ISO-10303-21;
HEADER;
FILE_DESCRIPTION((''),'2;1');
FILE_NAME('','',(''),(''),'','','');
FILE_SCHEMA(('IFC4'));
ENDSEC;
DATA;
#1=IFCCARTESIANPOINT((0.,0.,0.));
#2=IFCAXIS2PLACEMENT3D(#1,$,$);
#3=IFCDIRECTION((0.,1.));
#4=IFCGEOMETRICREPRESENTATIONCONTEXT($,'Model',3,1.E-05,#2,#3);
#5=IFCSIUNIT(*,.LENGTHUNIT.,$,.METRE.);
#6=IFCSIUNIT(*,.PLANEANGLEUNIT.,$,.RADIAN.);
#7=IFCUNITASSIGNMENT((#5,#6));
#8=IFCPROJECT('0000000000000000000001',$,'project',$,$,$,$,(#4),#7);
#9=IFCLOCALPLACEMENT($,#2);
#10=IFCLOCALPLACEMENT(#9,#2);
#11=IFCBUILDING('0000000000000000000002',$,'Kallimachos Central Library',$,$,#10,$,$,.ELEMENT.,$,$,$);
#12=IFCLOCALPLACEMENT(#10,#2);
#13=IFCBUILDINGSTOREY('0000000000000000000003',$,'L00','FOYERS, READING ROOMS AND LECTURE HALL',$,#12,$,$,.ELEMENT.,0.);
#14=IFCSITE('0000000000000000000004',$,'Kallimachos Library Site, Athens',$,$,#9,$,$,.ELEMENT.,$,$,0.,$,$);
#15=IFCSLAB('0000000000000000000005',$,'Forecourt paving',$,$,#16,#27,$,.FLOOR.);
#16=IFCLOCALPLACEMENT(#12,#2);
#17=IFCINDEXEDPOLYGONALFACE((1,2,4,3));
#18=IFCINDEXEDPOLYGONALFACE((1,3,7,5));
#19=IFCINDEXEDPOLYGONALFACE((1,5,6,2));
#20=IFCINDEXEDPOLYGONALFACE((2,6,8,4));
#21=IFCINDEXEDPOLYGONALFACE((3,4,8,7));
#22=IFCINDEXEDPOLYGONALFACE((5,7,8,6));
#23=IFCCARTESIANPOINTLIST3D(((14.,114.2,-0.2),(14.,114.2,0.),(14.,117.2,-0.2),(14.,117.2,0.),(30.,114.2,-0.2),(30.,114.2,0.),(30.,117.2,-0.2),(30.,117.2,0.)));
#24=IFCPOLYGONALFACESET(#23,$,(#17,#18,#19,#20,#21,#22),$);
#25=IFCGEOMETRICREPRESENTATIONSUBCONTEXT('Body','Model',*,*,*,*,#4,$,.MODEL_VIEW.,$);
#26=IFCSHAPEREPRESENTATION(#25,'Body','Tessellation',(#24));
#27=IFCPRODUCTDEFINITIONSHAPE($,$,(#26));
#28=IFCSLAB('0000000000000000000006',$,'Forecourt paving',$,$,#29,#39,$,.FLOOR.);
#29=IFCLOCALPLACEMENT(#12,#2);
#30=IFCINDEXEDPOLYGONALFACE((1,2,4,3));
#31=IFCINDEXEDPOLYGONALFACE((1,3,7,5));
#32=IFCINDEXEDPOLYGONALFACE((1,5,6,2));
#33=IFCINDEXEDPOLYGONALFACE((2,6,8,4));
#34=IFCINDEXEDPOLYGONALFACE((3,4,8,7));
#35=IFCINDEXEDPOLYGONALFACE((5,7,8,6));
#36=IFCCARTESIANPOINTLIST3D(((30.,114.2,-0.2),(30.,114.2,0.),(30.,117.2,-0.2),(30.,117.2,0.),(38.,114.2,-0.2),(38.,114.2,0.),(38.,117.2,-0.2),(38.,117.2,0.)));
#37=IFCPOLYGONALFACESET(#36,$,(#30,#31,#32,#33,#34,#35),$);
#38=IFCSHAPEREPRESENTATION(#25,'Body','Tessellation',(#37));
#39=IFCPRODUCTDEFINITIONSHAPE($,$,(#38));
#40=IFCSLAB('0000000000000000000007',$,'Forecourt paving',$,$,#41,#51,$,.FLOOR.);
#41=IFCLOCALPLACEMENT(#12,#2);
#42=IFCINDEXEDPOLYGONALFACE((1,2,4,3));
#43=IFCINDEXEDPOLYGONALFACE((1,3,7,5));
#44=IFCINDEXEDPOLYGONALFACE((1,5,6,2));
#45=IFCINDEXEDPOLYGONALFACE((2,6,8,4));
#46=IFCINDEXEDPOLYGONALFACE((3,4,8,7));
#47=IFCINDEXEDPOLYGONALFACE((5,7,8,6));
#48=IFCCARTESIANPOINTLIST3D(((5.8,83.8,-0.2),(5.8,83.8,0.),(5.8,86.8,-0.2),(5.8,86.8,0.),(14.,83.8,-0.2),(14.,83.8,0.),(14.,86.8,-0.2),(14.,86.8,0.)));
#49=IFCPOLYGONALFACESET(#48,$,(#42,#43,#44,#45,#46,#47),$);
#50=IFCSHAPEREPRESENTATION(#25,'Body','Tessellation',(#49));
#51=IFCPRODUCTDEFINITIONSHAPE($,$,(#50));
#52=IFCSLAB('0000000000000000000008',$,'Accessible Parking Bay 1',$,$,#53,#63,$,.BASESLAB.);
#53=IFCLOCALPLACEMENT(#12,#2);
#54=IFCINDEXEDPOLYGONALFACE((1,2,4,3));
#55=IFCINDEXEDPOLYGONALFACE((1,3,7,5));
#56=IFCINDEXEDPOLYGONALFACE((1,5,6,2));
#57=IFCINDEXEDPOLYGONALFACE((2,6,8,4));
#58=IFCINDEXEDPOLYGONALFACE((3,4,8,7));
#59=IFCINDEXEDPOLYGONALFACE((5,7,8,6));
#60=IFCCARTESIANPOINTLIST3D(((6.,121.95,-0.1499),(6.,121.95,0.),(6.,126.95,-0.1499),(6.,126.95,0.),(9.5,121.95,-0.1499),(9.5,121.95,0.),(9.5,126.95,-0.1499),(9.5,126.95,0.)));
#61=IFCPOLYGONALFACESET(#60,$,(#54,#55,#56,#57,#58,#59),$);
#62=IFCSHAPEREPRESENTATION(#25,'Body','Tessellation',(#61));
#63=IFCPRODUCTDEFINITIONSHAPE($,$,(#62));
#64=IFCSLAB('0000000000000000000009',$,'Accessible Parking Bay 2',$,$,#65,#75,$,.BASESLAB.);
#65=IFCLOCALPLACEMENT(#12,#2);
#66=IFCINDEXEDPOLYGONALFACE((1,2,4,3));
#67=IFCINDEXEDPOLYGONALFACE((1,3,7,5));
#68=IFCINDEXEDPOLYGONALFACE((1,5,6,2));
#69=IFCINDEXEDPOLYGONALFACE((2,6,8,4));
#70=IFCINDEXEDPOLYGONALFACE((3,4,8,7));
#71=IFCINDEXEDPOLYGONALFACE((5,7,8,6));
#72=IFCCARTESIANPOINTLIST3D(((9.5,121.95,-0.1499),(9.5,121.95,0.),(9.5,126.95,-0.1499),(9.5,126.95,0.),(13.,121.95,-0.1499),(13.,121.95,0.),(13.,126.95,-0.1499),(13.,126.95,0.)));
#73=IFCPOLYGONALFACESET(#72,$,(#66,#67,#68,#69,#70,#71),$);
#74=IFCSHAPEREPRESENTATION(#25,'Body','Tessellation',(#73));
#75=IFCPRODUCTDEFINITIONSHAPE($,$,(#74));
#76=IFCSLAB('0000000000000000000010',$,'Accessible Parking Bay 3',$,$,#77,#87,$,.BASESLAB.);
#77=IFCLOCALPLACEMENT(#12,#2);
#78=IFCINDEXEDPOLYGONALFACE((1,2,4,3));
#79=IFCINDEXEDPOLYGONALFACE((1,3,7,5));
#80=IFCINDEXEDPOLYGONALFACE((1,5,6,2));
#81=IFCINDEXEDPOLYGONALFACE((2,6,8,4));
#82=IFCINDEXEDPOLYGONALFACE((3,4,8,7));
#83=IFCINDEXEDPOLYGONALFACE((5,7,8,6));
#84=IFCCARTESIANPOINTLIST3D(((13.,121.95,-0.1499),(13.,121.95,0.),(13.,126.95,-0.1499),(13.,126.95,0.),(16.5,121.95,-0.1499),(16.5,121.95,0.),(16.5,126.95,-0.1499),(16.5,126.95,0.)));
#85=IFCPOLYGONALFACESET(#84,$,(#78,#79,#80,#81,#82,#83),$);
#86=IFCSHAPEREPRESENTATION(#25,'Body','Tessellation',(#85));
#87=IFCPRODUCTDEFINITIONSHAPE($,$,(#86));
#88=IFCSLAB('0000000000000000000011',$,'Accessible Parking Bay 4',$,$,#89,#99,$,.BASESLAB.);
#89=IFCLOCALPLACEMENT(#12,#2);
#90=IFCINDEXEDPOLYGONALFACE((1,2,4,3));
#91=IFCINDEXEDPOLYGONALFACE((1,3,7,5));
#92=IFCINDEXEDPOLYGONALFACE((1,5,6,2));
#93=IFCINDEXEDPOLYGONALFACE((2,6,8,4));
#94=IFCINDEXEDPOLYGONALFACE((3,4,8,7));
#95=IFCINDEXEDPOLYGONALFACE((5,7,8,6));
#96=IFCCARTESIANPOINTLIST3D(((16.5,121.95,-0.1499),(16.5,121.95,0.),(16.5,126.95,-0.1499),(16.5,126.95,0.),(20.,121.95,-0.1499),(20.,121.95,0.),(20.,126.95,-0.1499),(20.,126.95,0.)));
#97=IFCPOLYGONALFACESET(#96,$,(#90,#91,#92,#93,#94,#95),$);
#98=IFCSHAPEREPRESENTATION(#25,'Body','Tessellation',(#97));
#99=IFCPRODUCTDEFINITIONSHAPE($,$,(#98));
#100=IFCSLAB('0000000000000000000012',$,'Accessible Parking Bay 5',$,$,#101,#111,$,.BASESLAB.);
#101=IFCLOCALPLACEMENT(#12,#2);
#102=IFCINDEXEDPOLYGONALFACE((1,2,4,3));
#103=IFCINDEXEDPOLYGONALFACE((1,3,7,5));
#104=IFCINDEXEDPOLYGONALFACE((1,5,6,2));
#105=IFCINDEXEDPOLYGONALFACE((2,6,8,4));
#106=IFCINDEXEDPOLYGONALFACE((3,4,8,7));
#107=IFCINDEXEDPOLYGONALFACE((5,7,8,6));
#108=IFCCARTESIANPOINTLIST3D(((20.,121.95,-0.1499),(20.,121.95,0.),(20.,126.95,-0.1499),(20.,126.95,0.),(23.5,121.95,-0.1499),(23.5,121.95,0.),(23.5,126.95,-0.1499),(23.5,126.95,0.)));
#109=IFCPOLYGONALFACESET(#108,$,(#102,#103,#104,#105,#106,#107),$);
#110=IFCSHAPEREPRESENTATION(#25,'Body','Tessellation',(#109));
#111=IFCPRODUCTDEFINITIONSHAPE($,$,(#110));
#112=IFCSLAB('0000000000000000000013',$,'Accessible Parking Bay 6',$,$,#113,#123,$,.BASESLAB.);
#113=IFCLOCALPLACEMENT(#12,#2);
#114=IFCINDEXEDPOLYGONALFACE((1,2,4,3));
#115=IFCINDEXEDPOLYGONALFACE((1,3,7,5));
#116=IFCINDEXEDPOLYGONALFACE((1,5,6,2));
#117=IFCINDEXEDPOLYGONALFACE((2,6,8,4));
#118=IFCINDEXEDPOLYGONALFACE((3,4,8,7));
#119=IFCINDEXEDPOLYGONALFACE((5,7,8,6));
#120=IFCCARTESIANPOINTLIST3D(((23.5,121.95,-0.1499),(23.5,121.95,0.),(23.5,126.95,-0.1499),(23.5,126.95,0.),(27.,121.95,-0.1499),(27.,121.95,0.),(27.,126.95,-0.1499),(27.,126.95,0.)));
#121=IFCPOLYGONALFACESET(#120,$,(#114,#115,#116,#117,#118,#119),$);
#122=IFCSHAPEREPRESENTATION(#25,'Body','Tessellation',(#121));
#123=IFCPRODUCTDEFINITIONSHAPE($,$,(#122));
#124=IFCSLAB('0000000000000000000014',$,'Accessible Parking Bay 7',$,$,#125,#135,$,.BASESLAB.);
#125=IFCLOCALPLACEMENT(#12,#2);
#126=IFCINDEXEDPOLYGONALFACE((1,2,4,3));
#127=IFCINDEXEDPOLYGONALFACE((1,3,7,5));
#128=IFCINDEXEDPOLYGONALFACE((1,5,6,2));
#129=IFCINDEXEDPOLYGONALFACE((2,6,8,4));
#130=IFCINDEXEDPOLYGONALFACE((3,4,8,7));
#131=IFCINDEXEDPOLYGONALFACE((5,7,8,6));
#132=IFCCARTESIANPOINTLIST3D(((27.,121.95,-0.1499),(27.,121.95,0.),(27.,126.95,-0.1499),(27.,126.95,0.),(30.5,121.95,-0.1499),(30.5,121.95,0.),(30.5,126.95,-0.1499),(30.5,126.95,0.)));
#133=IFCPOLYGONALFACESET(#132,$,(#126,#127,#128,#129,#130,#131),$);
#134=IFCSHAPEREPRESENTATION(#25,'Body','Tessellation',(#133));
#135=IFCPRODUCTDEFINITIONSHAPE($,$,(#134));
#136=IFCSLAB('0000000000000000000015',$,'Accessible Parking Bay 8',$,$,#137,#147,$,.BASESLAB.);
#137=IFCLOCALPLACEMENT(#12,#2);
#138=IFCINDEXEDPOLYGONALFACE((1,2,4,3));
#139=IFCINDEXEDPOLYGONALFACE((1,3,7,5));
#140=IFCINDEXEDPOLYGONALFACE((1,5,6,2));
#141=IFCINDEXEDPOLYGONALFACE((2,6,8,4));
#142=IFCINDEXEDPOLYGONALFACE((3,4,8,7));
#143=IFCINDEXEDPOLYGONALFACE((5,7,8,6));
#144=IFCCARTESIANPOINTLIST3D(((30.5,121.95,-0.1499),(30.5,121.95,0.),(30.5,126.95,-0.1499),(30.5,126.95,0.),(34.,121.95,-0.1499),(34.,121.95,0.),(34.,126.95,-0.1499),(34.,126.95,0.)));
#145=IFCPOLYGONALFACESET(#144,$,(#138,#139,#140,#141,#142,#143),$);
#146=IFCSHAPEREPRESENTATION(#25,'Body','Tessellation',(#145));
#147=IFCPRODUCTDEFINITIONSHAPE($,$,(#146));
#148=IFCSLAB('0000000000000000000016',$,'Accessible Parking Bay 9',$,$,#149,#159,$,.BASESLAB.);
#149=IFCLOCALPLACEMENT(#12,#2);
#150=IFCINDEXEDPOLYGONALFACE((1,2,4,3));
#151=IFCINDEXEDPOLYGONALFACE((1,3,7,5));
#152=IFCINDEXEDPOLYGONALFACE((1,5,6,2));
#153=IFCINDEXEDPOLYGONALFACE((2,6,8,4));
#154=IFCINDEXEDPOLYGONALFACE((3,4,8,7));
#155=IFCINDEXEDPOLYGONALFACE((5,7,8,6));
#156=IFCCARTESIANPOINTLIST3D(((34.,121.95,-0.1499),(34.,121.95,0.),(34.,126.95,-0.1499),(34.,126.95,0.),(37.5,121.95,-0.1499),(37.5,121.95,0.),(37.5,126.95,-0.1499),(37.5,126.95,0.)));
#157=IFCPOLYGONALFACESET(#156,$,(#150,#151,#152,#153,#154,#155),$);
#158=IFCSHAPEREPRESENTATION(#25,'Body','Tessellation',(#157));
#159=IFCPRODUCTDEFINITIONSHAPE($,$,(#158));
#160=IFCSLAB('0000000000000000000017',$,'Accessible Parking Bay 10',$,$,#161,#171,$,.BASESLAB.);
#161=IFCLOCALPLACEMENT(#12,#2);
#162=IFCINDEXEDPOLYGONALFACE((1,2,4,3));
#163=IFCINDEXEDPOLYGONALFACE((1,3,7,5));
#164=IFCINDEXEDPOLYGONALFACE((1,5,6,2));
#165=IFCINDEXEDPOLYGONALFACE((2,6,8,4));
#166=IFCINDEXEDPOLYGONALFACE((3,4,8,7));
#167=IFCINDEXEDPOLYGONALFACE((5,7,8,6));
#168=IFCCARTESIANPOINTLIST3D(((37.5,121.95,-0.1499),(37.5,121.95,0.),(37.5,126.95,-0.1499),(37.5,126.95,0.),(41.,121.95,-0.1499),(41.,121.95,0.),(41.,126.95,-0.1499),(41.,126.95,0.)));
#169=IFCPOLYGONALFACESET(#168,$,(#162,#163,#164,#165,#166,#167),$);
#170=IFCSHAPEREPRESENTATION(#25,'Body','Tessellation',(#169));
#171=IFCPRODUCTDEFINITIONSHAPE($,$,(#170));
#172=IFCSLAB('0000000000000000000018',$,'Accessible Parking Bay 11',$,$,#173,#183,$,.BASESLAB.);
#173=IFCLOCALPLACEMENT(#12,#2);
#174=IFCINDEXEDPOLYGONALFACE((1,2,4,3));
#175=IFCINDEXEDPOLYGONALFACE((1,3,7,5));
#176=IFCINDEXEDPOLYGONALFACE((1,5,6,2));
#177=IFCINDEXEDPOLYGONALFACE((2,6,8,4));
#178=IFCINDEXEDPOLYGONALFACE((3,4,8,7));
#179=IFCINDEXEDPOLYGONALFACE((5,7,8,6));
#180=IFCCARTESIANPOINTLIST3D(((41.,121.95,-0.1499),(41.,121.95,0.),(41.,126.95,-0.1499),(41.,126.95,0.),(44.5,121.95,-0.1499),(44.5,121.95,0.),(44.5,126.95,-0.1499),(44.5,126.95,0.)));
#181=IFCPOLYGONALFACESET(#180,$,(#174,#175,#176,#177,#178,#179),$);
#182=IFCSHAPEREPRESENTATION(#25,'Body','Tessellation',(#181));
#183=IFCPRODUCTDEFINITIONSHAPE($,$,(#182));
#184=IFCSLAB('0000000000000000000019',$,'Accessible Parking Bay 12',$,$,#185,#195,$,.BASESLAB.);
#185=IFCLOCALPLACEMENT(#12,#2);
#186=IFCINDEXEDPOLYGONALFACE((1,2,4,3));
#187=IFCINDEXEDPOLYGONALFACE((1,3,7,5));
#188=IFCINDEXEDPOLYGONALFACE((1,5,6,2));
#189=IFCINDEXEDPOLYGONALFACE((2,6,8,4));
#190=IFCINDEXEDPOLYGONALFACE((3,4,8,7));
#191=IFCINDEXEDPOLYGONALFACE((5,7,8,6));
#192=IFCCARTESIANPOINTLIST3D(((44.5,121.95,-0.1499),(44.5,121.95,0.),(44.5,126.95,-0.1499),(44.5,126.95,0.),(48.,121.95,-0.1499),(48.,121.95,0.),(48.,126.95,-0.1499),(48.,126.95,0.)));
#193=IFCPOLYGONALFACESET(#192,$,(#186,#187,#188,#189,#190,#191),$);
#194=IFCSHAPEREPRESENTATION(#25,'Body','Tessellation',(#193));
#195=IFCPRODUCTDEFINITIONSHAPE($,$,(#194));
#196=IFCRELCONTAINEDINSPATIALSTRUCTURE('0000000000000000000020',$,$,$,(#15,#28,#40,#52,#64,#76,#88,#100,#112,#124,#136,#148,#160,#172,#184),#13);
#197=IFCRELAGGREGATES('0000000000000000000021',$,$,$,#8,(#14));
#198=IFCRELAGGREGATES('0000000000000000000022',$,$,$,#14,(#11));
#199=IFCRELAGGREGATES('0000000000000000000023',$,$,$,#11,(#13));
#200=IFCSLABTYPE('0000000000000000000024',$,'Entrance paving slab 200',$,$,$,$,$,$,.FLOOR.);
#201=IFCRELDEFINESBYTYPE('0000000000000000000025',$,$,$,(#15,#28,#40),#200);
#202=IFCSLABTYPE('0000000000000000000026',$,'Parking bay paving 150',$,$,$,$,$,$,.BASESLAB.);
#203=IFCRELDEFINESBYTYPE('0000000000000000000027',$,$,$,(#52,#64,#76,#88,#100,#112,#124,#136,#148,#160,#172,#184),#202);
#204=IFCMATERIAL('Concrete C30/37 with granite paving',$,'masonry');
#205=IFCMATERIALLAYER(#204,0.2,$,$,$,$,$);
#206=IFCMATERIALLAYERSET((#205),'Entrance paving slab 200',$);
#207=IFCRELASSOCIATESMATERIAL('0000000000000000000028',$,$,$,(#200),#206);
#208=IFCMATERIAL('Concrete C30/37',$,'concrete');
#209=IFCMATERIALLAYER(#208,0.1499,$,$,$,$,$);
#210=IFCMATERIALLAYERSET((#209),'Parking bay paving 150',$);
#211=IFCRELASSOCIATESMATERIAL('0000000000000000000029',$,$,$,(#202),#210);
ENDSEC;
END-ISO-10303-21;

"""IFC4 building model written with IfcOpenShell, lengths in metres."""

from ifc_helpers import new_model, si_unit, direction, frame, origin, place, context, subcontext, project, spatial, polyline, outline, extrude, material, layer, layer_set, type_object, element, save


model = new_model("IFC4")

# Units and contexts
model_context = context("Model", 3, precision=1e-05, world=origin(), true_north=direction((0.0, 1.0)))
body_context = subcontext(model_context, "Body", "Model", "MODEL_VIEW")
ifc_project = project(units=[si_unit("LENGTHUNIT", "METRE"), si_unit("PLANEANGLEUNIT", "RADIAN")], contexts=[model_context])

# Site, building, storey
site_placement = place(None, origin())
site = spatial("IfcSite", under=ifc_project, at=site_placement, Name="Kallimachos Library Site, Athens", CompositionType="ELEMENT", RefElevation=0.0)
building_placement = place(site_placement, origin())
building = spatial("IfcBuilding", under=site, at=building_placement, Name="Kallimachos Central Library", CompositionType="ELEMENT")
storey_placement = place(building_placement, origin())
storey = spatial("IfcBuildingStorey", under=building, at=storey_placement, Name="L00", Description="FOYERS, READING ROOMS AND LECTURE HALL", CompositionType="ELEMENT", Elevation=0.0)

# Slabs
ifc_material_1 = material(Name="Concrete C30/37 with granite paving", Category="masonry")
ifc_layer_1 = layer(ifc_material_1, 0.2)
ifc_layer_set_1 = layer_set([ifc_layer_1], Name="Entrance paving slab 200")
slab_type_1 = type_object("IfcSlabType", Name="Entrance paving slab 200", PredefinedType="FLOOR", material=ifc_layer_set_1)
slab_1_placement = place(storey_placement, frame((0.0, 0.0, -0.2)))
element("IfcSlab", 1, at=slab_1_placement, inside=storey, type_object=slab_type_1, Name="Forecourt paving", PredefinedType="FLOOR", context=body_context, shape_type="SweptSolid", body=[
    extrude(outline(polyline([(14.0, 114.2), (30.0, 114.2), (30.0, 117.2), (14.0, 117.2), (14.0, 114.2)])), origin(), (0.0, 0.0, 1.0), 0.2),
])
slab_2_placement = place(storey_placement, frame((0.0, 0.0, -0.2)))
element("IfcSlab", 2, at=slab_2_placement, inside=storey, type_object=slab_type_1, Name="Forecourt paving", PredefinedType="FLOOR", context=body_context, shape_type="SweptSolid", body=[
    extrude(outline(polyline([(30.0, 114.2), (38.0, 114.2), (38.0, 117.2), (30.0, 117.2), (30.0, 114.2)])), origin(), (0.0, 0.0, 1.0), 0.2),
])
slab_3_placement = place(storey_placement, frame((0.0, 0.0, -0.2)))
element("IfcSlab", 3, at=slab_3_placement, inside=storey, type_object=slab_type_1, Name="Forecourt paving", PredefinedType="FLOOR", context=body_context, shape_type="SweptSolid", body=[
    extrude(outline(polyline([(5.8, 83.8), (14.0, 83.8), (14.0, 86.8), (5.8, 86.8), (5.8, 83.8)])), origin(), (0.0, 0.0, 1.0), 0.2),
])
ifc_material_2 = material(Name="Concrete C30/37", Category="concrete")
ifc_layer_2 = layer(ifc_material_2, 0.1499)
ifc_layer_set_2 = layer_set([ifc_layer_2], Name="Parking bay paving 150")
slab_type_2 = type_object("IfcSlabType", Name="Parking bay paving 150", PredefinedType="BASESLAB", material=ifc_layer_set_2)
slab_4_placement = place(storey_placement, frame((0.0, 0.0, -0.1499)))
element("IfcSlab", 4, at=slab_4_placement, inside=storey, type_object=slab_type_2, Name="Accessible Parking Bay 1", PredefinedType="BASESLAB", context=body_context, shape_type="SweptSolid", body=[
    extrude(outline(polyline([(6.0, 121.95), (6.0, 126.95), (9.5, 126.95), (9.5, 121.95), (6.0, 121.95)])), origin(), (0.0, 0.0, 1.0), 0.1499),
])
slab_5_placement = place(storey_placement, frame((0.0, 0.0, -0.1499)))
element("IfcSlab", 5, at=slab_5_placement, inside=storey, type_object=slab_type_2, Name="Accessible Parking Bay 2", PredefinedType="BASESLAB", context=body_context, shape_type="SweptSolid", body=[
    extrude(outline(polyline([(13.0, 126.95), (13.0, 121.95), (9.5, 121.95), (9.5, 126.95), (13.0, 126.95)])), origin(), (0.0, 0.0, 1.0), 0.1499),
])
slab_6_placement = place(storey_placement, frame((0.0, 0.0, -0.1499)))
element("IfcSlab", 6, at=slab_6_placement, inside=storey, type_object=slab_type_2, Name="Accessible Parking Bay 3", PredefinedType="BASESLAB", context=body_context, shape_type="SweptSolid", body=[
    extrude(outline(polyline([(16.5, 126.95), (16.5, 121.95), (13.0, 121.95), (13.0, 126.95), (16.5, 126.95)])), origin(), (0.0, 0.0, 1.0), 0.1499),
])
slab_7_placement = place(storey_placement, frame((0.0, 0.0, -0.1499)))
element("IfcSlab", 7, at=slab_7_placement, inside=storey, type_object=slab_type_2, Name="Accessible Parking Bay 4", PredefinedType="BASESLAB", context=body_context, shape_type="SweptSolid", body=[
    extrude(outline(polyline([(20.0, 126.95), (20.0, 121.95), (16.5, 121.95), (16.5, 126.95), (20.0, 126.95)])), origin(), (0.0, 0.0, 1.0), 0.1499),
])
slab_8_placement = place(storey_placement, frame((0.0, 0.0, -0.1499)))
element("IfcSlab", 8, at=slab_8_placement, inside=storey, type_object=slab_type_2, Name="Accessible Parking Bay 5", PredefinedType="BASESLAB", context=body_context, shape_type="SweptSolid", body=[
    extrude(outline(polyline([(23.5, 126.95), (23.5, 121.95), (20.0, 121.95), (20.0, 126.95), (23.5, 126.95)])), origin(), (0.0, 0.0, 1.0), 0.1499),
])
slab_9_placement = place(storey_placement, frame((0.0, 0.0, -0.1499)))
element("IfcSlab", 9, at=slab_9_placement, inside=storey, type_object=slab_type_2, Name="Accessible Parking Bay 6", PredefinedType="BASESLAB", context=body_context, shape_type="SweptSolid", body=[
    extrude(outline(polyline([(27.0, 126.95), (27.0, 121.95), (23.5, 121.95), (23.5, 126.95), (27.0, 126.95)])), origin(), (0.0, 0.0, 1.0), 0.1499),
])
slab_10_placement = place(storey_placement, frame((0.0, 0.0, -0.1499)))
element("IfcSlab", 10, at=slab_10_placement, inside=storey, type_object=slab_type_2, Name="Accessible Parking Bay 7", PredefinedType="BASESLAB", context=body_context, shape_type="SweptSolid", body=[
    extrude(outline(polyline([(30.5, 126.95), (30.5, 121.95), (27.0, 121.95), (27.0, 126.95), (30.5, 126.95)])), origin(), (0.0, 0.0, 1.0), 0.1499),
])
slab_11_placement = place(storey_placement, frame((0.0, 0.0, -0.1499)))
element("IfcSlab", 11, at=slab_11_placement, inside=storey, type_object=slab_type_2, Name="Accessible Parking Bay 8", PredefinedType="BASESLAB", context=body_context, shape_type="SweptSolid", body=[
    extrude(outline(polyline([(34.0, 126.95), (34.0, 121.95), (30.5, 121.95), (30.5, 126.95), (34.0, 126.95)])), origin(), (0.0, 0.0, 1.0), 0.1499),
])
slab_12_placement = place(storey_placement, frame((0.0, 0.0, -0.1499)))
element("IfcSlab", 12, at=slab_12_placement, inside=storey, type_object=slab_type_2, Name="Accessible Parking Bay 9", PredefinedType="BASESLAB", context=body_context, shape_type="SweptSolid", body=[
    extrude(outline(polyline([(37.5, 126.95), (37.5, 121.95), (34.0, 121.95), (34.0, 126.95), (37.5, 126.95)])), origin(), (0.0, 0.0, 1.0), 0.1499),
])
slab_13_placement = place(storey_placement, frame((0.0, 0.0, -0.1499)))
element("IfcSlab", 13, at=slab_13_placement, inside=storey, type_object=slab_type_2, Name="Accessible Parking Bay 10", PredefinedType="BASESLAB", context=body_context, shape_type="SweptSolid", body=[
    extrude(outline(polyline([(41.0, 126.95), (41.0, 121.95), (37.5, 121.95), (37.5, 126.95), (41.0, 126.95)])), origin(), (0.0, 0.0, 1.0), 0.1499),
])
slab_14_placement = place(storey_placement, frame((0.0, 0.0, -0.1499)))
element("IfcSlab", 14, at=slab_14_placement, inside=storey, type_object=slab_type_2, Name="Accessible Parking Bay 11", PredefinedType="BASESLAB", context=body_context, shape_type="SweptSolid", body=[
    extrude(outline(polyline([(44.5, 126.95), (44.5, 121.95), (41.0, 121.95), (41.0, 126.95), (44.5, 126.95)])), origin(), (0.0, 0.0, 1.0), 0.1499),
])
slab_15_placement = place(storey_placement, frame((0.0, 0.0, -0.1499)))
element("IfcSlab", 15, at=slab_15_placement, inside=storey, type_object=slab_type_2, Name="Accessible Parking Bay 12", PredefinedType="BASESLAB", context=body_context, shape_type="SweptSolid", body=[
    extrude(outline(polyline([(48.0, 126.95), (48.0, 121.95), (44.5, 121.95), (44.5, 126.95), (48.0, 126.95)])), origin(), (0.0, 0.0, 1.0), 0.1499),
])

save(model, "model.ifc")
